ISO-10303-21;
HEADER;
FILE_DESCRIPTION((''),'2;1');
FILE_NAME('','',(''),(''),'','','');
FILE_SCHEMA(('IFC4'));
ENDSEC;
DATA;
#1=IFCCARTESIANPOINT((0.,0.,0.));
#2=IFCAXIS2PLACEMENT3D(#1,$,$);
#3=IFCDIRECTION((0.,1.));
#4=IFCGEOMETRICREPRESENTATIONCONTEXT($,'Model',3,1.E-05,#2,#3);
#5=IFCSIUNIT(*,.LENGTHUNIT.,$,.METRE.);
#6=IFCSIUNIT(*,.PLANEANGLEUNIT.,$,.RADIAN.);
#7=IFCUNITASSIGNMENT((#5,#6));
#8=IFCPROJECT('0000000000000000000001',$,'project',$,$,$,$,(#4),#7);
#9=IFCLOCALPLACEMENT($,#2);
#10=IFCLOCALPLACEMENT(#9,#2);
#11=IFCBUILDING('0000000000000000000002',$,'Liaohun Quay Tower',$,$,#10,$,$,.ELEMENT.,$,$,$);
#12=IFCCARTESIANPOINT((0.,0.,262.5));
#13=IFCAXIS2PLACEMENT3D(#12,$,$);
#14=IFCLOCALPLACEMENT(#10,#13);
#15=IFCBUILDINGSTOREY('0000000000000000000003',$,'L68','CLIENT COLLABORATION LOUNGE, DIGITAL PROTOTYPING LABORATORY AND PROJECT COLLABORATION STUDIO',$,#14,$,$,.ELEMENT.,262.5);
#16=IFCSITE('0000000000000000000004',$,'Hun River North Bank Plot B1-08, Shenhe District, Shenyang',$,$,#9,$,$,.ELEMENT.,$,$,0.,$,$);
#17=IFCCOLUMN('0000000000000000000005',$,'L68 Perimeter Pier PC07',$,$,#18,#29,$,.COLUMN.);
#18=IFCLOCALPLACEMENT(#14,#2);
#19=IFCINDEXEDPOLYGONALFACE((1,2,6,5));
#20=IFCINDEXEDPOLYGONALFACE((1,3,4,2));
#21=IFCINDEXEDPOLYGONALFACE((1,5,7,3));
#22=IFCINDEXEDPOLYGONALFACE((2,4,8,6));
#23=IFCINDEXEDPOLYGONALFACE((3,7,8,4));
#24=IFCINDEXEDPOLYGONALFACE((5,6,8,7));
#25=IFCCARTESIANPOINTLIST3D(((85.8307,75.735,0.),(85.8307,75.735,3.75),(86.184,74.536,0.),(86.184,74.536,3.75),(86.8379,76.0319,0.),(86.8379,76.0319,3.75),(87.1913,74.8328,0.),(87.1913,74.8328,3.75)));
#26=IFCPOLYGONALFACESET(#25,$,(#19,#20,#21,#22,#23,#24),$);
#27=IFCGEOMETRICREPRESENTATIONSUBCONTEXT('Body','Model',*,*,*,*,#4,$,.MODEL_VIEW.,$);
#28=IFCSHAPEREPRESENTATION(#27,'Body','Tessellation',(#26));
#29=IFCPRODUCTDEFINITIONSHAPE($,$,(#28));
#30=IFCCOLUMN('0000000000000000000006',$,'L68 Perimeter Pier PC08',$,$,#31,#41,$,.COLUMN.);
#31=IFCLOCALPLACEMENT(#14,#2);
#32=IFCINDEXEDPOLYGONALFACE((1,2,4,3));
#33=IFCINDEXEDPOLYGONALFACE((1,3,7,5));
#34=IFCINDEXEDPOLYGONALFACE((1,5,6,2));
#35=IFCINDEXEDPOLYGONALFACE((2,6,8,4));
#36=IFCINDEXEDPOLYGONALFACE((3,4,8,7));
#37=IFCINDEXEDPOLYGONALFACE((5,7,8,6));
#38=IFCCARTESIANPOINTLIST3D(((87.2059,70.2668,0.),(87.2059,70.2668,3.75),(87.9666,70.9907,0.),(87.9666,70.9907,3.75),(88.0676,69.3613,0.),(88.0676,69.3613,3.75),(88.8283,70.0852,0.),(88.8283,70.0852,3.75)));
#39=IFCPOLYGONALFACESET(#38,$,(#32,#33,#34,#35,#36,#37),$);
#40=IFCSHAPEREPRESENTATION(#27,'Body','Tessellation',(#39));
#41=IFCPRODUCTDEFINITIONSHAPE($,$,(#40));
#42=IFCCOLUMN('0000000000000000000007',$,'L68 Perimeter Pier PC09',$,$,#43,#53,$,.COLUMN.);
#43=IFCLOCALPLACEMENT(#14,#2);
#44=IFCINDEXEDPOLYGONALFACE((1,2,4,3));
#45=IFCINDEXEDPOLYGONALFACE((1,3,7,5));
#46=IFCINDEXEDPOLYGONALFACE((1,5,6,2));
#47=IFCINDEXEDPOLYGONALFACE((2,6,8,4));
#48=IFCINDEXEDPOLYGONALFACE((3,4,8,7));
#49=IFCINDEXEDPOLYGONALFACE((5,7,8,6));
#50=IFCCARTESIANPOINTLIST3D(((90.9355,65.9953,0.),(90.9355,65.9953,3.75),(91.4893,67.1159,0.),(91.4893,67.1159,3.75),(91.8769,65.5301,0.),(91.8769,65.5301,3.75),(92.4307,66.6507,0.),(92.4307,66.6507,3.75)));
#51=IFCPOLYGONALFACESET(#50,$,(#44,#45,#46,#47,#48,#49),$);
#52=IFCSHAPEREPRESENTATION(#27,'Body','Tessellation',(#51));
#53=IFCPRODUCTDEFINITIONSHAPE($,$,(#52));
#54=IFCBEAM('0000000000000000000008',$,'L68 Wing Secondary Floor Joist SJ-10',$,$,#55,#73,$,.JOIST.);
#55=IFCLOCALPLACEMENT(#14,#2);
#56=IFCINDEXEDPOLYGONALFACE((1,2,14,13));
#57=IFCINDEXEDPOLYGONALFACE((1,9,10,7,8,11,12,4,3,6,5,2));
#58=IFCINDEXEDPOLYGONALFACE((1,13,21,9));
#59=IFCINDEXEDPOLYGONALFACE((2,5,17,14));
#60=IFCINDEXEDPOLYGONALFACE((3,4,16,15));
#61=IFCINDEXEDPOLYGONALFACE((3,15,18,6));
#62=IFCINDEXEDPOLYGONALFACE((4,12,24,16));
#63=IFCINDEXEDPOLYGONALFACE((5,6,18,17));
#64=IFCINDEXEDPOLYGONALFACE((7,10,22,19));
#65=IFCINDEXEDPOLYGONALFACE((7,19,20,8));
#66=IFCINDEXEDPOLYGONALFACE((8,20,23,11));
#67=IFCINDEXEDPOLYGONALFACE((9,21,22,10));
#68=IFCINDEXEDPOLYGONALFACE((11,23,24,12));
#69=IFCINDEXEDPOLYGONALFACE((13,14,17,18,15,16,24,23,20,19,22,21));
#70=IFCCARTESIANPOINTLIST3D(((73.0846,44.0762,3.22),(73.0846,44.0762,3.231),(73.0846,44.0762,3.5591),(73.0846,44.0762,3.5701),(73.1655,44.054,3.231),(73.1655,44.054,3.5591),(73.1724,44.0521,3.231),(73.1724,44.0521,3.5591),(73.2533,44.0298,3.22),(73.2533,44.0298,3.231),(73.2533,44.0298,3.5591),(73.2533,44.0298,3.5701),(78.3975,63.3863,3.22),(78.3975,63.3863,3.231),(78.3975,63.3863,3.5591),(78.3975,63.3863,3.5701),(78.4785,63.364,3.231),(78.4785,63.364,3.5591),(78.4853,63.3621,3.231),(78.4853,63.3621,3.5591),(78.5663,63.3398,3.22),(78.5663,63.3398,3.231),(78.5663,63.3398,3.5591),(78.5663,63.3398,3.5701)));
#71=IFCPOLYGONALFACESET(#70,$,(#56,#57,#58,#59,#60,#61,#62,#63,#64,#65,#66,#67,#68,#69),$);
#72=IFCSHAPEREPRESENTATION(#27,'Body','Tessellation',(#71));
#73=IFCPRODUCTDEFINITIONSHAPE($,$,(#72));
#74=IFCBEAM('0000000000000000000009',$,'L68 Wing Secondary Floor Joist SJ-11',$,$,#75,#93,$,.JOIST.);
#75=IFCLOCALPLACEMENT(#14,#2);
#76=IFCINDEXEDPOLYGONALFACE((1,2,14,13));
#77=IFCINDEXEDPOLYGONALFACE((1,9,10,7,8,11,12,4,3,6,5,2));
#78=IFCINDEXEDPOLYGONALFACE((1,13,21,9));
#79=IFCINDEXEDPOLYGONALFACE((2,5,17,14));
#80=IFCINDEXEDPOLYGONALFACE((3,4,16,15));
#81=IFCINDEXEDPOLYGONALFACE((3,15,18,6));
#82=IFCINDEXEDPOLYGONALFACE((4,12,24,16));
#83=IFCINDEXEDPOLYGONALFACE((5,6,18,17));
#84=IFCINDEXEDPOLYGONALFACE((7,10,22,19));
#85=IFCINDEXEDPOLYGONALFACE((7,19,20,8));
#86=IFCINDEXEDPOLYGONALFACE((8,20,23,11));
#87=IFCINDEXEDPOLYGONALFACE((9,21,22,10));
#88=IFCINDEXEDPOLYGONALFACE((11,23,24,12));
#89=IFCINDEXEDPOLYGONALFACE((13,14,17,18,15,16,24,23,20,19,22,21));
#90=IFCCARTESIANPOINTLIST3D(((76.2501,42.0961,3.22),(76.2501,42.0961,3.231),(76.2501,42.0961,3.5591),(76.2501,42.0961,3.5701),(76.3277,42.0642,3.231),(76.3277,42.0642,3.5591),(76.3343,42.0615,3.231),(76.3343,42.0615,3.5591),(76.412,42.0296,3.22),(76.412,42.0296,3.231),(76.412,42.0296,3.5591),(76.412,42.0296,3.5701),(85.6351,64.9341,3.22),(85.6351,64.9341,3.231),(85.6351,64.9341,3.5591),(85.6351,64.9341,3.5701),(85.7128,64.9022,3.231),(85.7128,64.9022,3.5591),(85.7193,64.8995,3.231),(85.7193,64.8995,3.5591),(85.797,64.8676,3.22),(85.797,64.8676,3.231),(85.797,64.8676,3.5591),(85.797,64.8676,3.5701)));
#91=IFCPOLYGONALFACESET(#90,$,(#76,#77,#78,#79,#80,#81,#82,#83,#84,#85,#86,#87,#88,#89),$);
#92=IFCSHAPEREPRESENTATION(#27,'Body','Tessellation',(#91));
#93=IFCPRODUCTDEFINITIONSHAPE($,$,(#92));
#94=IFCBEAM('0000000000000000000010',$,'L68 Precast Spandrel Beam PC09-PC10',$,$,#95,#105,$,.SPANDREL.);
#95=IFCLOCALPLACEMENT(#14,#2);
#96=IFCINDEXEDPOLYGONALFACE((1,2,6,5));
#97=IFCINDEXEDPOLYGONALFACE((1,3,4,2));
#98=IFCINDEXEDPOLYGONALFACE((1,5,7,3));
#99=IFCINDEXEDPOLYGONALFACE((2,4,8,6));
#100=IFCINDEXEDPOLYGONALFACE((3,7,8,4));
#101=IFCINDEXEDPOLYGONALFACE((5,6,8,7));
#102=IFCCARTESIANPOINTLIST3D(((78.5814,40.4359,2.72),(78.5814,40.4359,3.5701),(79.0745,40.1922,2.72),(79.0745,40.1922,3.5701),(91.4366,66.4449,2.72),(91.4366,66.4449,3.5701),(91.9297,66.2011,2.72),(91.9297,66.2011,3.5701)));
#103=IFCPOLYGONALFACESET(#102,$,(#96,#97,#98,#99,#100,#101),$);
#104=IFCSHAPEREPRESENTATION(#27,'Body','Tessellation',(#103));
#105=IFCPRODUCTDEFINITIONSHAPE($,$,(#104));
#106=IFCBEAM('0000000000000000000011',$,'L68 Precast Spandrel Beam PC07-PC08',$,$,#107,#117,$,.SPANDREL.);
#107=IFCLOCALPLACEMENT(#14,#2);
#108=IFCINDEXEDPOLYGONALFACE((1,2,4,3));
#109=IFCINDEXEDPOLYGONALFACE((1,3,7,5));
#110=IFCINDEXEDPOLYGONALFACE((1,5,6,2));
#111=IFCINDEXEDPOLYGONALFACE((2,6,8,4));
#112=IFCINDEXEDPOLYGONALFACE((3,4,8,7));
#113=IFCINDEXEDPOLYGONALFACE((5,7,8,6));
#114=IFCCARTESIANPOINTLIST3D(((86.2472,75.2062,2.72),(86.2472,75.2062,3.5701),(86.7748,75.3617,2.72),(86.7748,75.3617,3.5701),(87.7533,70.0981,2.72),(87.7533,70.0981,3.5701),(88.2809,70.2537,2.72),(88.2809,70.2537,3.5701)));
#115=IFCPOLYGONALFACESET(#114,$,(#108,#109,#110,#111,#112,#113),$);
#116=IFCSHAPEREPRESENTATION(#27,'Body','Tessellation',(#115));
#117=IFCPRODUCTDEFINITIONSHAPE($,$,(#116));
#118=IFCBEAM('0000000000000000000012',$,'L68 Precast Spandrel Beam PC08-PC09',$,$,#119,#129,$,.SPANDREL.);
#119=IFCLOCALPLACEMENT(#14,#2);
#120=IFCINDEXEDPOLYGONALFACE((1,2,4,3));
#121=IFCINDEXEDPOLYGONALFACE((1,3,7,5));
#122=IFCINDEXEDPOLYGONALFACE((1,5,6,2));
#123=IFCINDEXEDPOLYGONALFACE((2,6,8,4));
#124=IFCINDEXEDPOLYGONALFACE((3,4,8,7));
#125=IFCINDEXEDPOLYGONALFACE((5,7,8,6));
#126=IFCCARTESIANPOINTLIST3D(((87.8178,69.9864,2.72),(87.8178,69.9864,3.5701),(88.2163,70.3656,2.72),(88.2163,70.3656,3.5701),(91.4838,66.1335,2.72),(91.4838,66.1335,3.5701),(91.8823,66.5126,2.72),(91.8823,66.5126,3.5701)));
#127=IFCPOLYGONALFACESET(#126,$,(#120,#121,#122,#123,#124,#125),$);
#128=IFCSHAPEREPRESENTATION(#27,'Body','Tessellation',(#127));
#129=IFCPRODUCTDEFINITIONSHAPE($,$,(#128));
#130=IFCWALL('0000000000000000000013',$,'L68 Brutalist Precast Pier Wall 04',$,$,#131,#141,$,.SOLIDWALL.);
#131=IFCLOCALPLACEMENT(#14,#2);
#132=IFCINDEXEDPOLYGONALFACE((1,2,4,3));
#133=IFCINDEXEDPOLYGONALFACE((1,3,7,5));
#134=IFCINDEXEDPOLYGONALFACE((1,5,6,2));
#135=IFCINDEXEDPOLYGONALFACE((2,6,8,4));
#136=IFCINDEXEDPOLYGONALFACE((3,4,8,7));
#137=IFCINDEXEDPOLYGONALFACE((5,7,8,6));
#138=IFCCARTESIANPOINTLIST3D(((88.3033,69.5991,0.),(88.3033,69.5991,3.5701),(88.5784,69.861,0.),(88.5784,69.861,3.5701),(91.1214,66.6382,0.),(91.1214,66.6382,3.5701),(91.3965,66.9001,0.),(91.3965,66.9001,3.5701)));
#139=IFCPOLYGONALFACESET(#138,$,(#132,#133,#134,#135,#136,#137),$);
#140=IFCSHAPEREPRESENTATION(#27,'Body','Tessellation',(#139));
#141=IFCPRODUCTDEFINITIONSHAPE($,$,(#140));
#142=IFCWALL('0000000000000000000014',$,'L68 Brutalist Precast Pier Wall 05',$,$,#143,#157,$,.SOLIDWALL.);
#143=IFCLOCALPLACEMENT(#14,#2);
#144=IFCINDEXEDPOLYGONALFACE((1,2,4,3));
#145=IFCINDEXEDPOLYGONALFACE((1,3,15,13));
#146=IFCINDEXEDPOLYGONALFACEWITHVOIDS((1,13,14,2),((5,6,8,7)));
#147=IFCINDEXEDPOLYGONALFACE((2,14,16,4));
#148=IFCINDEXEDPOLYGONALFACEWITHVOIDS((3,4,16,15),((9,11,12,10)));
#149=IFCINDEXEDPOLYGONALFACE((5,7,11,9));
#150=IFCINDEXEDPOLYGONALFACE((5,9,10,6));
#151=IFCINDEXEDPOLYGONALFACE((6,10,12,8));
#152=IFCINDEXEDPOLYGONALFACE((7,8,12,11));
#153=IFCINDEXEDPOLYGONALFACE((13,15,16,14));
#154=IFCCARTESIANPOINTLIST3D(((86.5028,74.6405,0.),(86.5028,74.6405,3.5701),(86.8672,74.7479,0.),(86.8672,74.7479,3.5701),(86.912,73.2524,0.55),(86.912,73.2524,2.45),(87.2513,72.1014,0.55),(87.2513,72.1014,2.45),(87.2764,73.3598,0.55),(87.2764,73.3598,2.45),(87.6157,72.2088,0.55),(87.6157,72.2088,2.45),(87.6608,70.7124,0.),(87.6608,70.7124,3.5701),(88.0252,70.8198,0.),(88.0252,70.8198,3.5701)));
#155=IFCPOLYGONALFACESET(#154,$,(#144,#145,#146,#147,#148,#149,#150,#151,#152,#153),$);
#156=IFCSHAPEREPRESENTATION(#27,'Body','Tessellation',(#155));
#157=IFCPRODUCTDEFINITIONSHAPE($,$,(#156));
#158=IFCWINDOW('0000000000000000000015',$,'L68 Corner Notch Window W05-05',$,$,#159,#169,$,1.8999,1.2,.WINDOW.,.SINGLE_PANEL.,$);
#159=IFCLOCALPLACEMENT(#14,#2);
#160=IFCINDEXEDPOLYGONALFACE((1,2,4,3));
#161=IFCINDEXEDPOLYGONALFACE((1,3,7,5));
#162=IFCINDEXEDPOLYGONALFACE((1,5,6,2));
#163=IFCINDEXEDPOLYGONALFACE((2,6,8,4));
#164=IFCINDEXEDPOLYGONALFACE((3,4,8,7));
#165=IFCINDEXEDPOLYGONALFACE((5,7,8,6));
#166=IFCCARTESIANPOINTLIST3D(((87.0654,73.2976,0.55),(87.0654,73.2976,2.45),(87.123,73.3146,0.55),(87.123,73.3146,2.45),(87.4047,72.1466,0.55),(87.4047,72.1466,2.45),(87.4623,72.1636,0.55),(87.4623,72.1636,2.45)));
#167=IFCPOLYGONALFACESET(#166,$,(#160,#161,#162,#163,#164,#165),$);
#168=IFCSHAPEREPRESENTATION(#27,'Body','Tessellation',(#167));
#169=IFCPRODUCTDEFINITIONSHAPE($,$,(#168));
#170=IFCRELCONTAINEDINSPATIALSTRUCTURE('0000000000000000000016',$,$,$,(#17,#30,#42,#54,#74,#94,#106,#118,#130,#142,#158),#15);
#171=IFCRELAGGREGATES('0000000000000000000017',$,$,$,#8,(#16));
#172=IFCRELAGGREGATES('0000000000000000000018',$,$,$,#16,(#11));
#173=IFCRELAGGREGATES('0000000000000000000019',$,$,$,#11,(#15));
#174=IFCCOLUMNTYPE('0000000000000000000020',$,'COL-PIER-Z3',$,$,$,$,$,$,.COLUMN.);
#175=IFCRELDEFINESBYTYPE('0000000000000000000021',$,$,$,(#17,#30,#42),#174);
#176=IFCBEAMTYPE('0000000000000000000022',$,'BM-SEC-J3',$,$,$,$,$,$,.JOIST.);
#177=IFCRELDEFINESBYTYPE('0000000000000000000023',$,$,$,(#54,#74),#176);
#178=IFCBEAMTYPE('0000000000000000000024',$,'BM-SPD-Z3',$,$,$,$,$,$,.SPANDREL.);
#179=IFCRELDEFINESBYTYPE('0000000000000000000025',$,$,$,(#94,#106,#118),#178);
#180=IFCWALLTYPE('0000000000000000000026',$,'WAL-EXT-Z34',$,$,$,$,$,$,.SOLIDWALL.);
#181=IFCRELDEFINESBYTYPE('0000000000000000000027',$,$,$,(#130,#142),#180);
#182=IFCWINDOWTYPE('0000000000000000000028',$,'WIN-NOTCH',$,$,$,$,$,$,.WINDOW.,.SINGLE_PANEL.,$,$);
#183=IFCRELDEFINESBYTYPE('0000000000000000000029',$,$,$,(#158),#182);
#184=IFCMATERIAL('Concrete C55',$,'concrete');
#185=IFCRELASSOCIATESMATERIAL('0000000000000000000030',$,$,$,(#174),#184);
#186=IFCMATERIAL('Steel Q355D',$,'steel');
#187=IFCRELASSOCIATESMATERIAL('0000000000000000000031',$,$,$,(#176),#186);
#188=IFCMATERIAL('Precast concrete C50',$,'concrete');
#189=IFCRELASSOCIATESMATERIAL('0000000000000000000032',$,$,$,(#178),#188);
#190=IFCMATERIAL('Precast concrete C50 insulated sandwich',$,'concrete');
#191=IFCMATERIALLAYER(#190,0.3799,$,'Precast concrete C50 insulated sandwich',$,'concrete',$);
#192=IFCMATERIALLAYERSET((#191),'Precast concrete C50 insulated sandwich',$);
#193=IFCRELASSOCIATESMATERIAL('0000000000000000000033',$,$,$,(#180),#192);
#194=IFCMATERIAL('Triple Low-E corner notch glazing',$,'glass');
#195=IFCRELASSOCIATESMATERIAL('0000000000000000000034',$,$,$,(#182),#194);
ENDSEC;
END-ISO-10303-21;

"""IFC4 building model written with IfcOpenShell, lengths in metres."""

from ifc_helpers import new_model, si_unit, direction, frame, frame_2d, origin, origin_2d, place, context, subcontext, project, spatial, rectangle, i_section, extrude, source, transform, mapped, material, layer, layer_set, material_profile, profile_set, type_object, element, fill, save


model = new_model("IFC4")

# Units and contexts
model_context = context("Model", 3, precision=1e-05, world=origin(), true_north=direction((0.0, 1.0)))
body_context = subcontext(model_context, "Body", "Model", "MODEL_VIEW")
ifc_project = project(units=[si_unit("LENGTHUNIT", "METRE"), si_unit("PLANEANGLEUNIT", "RADIAN")], contexts=[model_context])

# Site, building, storey
site_placement = place(None, origin())
site = spatial("IfcSite", under=ifc_project, at=site_placement, Name="Hun River North Bank Plot B1-08, Shenhe District, Shenyang", CompositionType="ELEMENT", RefElevation=0.0)
building_placement = place(site_placement, origin())
building = spatial("IfcBuilding", under=site, at=building_placement, Name="Liaohun Quay Tower", CompositionType="ELEMENT")
storey_placement = place(building_placement, frame((0.0, 0.0, 262.5)))
storey = spatial("IfcBuildingStorey", under=building, at=storey_placement, Name="L68", Description="CLIENT COLLABORATION LOUNGE, DIGITAL PROTOTYPING LABORATORY AND PROJECT COLLABORATION STUDIO", CompositionType="ELEMENT", Elevation=262.5)

# Columns
ifc_material_1 = material(Name="Concrete C55", Category="concrete")
ifc_material_profile_1 = material_profile(ifc_material_1, rectangle(XDim=1.25, YDim=1.05, at=origin_2d()), Name="RC1250x1050")
ifc_profile_set_1 = profile_set([ifc_material_profile_1], Name="Concrete C55")
column_type = type_object("IfcColumnType", Name="COL-PIER-Z3", PredefinedType="COLUMN", material=ifc_profile_set_1)
shared_shape_1 = source(origin(), body_context, "Body", "SweptSolid", [
    extrude(rectangle(XDim=1.25, YDim=1.05, at=origin_2d()), origin(), (0.0, 0.0, 1.0), 3.75),
])
for number, where, z_axis, x_axis, name in (
    (1, (86.511, 75.2839, 0.0), (0.0, 0.0, 1.0), (-0.282676, 0.959215, 0.0), "L68 Perimeter Pier PC07"),
    (2, (88.0171, 70.176, 0.0), (0.0, 0.0, 1.0), (-0.689367, 0.724413, 0.0), "L68 Perimeter Pier PC08"),
    (3, (91.6831, 66.323, 0.0), (0.0, 0.0, 1.0), (0.443071, 0.896486, 0.0), "L68 Perimeter Pier PC09"),
):
    element("IfcColumn", number, at=place(storey_placement, frame(where, z_axis=z_axis, x_axis=x_axis)), inside=storey, type_object=column_type, Name=name, PredefinedType="COLUMN", context=body_context, shape_type="MappedRepresentation", body=[
        mapped(shared_shape_1, transform((0.0, 0.0, 0.0), x_axis=(1.0, 0.0, 0.0), y_axis=(0.0, 1.0, 0.0), z_axis=(0.0, 0.0, 1.0), scale=1.0)),
    ])

# Beams
ifc_material_2 = material(Name="Steel Q355D", Category="steel")
ifc_material_profile_2 = material_profile(ifc_material_2, i_section(OverallWidth=0.175, OverallDepth=0.3501, WebThickness=0.0071, FlangeThickness=0.011, at=origin_2d()), Name="HN350x175x7x11")
ifc_profile_set_2 = profile_set([ifc_material_profile_2], Name="Steel Q355D")
beam_type_1 = type_object("IfcBeamType", Name="BM-SEC-J3", PredefinedType="JOIST", material=ifc_profile_set_2)
shared_shape_2 = source(origin(), body_context, "Body", "SweptSolid", [
    extrude(i_section(OverallWidth=0.175, OverallDepth=0.3501, WebThickness=0.0071, FlangeThickness=0.011, at=origin_2d()), origin(), (0.0, 0.0, 1.0), 20.0276),
])
beam_1_placement = place(storey_placement, frame((78.4819, 63.363, 3.395), z_axis=(-0.265283, -0.964171, 0.0), x_axis=(0.964171, -0.265283, 0.0)))
element("IfcBeam", 4, at=beam_1_placement, inside=storey, type_object=beam_type_1, Name="L68 Wing Secondary Floor Joist SJ-10", PredefinedType="JOIST", context=body_context, shape_type="MappedRepresentation", body=[
    mapped(shared_shape_2, transform((0.0, 0.0, 0.0), x_axis=(1.0, 0.0, 0.0), y_axis=(0.0, 1.0, 0.0), z_axis=(0.0, 0.0, 1.0), scale=1.0)),
])
shared_shape_3 = source(origin(), body_context, "Body", "SweptSolid", [
    extrude(i_section(OverallWidth=0.175, OverallDepth=0.3501, WebThickness=0.0071, FlangeThickness=0.011, at=origin_2d()), origin(), (0.0, 0.0, 1.0), 24.6912),
])
beam_2_placement = place(storey_placement, frame((85.7161, 64.9009, 3.395), z_axis=(-0.380098, -0.924946, 0.0), x_axis=(0.924946, -0.380098, 0.0)))
element("IfcBeam", 5, at=beam_2_placement, inside=storey, type_object=beam_type_1, Name="L68 Wing Secondary Floor Joist SJ-11", PredefinedType="JOIST", context=body_context, shape_type="MappedRepresentation", body=[
    mapped(shared_shape_3, transform((0.0, 0.0, 0.0), x_axis=(1.0, 0.0, 0.0), y_axis=(0.0, 1.0, 0.0), z_axis=(0.0, 0.0, 1.0), scale=1.0)),
])
ifc_material_3 = material(Name="Precast concrete C50", Category="concrete")
ifc_material_profile_3 = material_profile(ifc_material_3, rectangle(XDim=0.55, YDim=0.8501, at=origin_2d()), Name="RC550x850")
ifc_profile_set_3 = profile_set([ifc_material_profile_3], Name="Precast concrete C50")
beam_type_2 = type_object("IfcBeamType", Name="BM-SPD-Z3", PredefinedType="SPANDREL", material=ifc_profile_set_3)
shared_shape_4 = source(origin(), body_context, "Body", "SweptSolid", [
    extrude(rectangle(XDim=0.55, YDim=0.8501, at=origin_2d()), origin(), (0.0, 0.0, 1.0), 29.0125),
])
beam_3_placement = place(storey_placement, frame((91.6831, 66.323, 3.145), z_axis=(-0.443092, -0.896476, 0.0), x_axis=(0.896476, -0.443092, 0.0)))
element("IfcBeam", 6, at=beam_3_placement, inside=storey, type_object=beam_type_2, Name="L68 Precast Spandrel Beam PC09-PC10", PredefinedType="SPANDREL", context=body_context, shape_type="MappedRepresentation", body=[
    mapped(shared_shape_4, transform((0.0, 0.0, 0.0), x_axis=(1.0, 0.0, 0.0), y_axis=(0.0, 1.0, 0.0), z_axis=(0.0, 0.0, 1.0), scale=1.0)),
])
shared_shape_5 = source(origin(), body_context, "Body", "SweptSolid", [
    extrude(rectangle(XDim=0.55, YDim=0.8501, at=origin_2d()), origin(), (0.0, 0.0, 1.0), 5.3254),
])
beam_4_placement = place(storey_placement, frame((86.511, 75.2839, 3.145), z_axis=(0.282819, -0.959173, 0.0), x_axis=(0.959173, 0.282819, 0.0)))
element("IfcBeam", 7, at=beam_4_placement, inside=storey, type_object=beam_type_2, Name="L68 Precast Spandrel Beam PC07-PC08", PredefinedType="SPANDREL", context=body_context, shape_type="MappedRepresentation", body=[
    mapped(shared_shape_5, transform((0.0, 0.0, 0.0), x_axis=(1.0, 0.0, 0.0), y_axis=(0.0, 1.0, 0.0), z_axis=(0.0, 0.0, 1.0), scale=1.0)),
])
shared_shape_6 = source(origin(), body_context, "Body", "SweptSolid", [
    extrude(rectangle(XDim=0.55, YDim=0.8501, at=origin_2d()), origin(), (0.0, 0.0, 1.0), 5.3184),
])
beam_5_placement = place(storey_placement, frame((88.0171, 70.176, 3.145), z_axis=(0.689307, -0.72447, 0.0), x_axis=(0.72447, 0.689307, 0.0)))
element("IfcBeam", 8, at=beam_5_placement, inside=storey, type_object=beam_type_2, Name="L68 Precast Spandrel Beam PC08-PC09", PredefinedType="SPANDREL", context=body_context, shape_type="MappedRepresentation", body=[
    mapped(shared_shape_6, transform((0.0, 0.0, 0.0), x_axis=(1.0, 0.0, 0.0), y_axis=(0.0, 1.0, 0.0), z_axis=(0.0, 0.0, 1.0), scale=1.0)),
])

# Wall
ifc_material_4 = material(Name="Precast concrete C50 insulated sandwich", Category="concrete")
ifc_layer_1 = layer(ifc_material_4, 0.3799, Name="Precast concrete C50 insulated sandwich", Category="concrete")
ifc_layer_set_1 = layer_set([ifc_layer_1], Name="Precast concrete C50 insulated sandwich")
wall_type_1 = type_object("IfcWallType", Name="WAL-EXT-Z34", PredefinedType="SOLIDWALL", material=ifc_layer_set_1)
wall_1_placement = place(storey_placement, frame((91.259, 66.769, 0.0), z_axis=(0.0, 0.0, 1.0), x_axis=(-0.689421, 0.724361, 0.0)))
element("IfcWall", 9, at=wall_1_placement, inside=storey, type_object=wall_type_1, Name="L68 Brutalist Precast Pier Wall 04", PredefinedType="SOLIDWALL", context=body_context, shape_type="SweptSolid", body=[
    extrude(rectangle(XDim=4.0876, YDim=0.3799, at=frame_2d((2.0439, 0.0))), origin(), (0.0, 0.0, 1.0), 3.5701),
])

# Wall, opening, window
wall_2_placement = place(storey_placement, frame((87.843, 70.7661, 0.0), z_axis=(0.0, 0.0, 1.0), x_axis=(-0.282767, 0.959189, 0.0)))
wall_2 = element("IfcWall", 10, at=wall_2_placement, inside=storey, type_object=wall_type_1, Name="L68 Brutalist Precast Pier Wall 05", PredefinedType="SOLIDWALL", context=body_context, shape_type="SweptSolid", body=[
    extrude(rectangle(XDim=4.0952, YDim=0.3799, at=frame_2d((2.0476, 0.0))), origin(), (0.0, 0.0, 1.0), 3.5701),
])
shared_shape_7 = source(origin(), body_context, "Body", "SweptSolid", [
    extrude(rectangle(XDim=1.2, YDim=1.8999, at=frame_2d((0.6001, 0.95))), frame((0.0, 0.2, 0.0), z_axis=(0.0, -1.0, 0.0), x_axis=(1.0, 0.0, 0.0)), (0.0, 0.0, 1.0), 0.3999),
])
opening_1_placement = place(wall_2_placement, frame((1.448, 0.0, 0.55)))
opening_1 = element("IfcOpeningElement", 11, at=opening_1_placement, cuts=wall_2, PredefinedType="OPENING", context=body_context, shape_type="MappedRepresentation", body=[
    mapped(shared_shape_7, transform((0.0, 0.0, 0.0), x_axis=(1.0, 0.0, 0.0), y_axis=(0.0, 1.0, 0.0), z_axis=(0.0, 0.0, 1.0), scale=1.0)),
])
ifc_material_5 = material(Name="Triple Low-E corner notch glazing", Category="glass")
window_type_1 = type_object("IfcWindowType", Name="WIN-NOTCH", PartitioningType="SINGLE_PANEL", PredefinedType="WINDOW", material=ifc_material_5)
shared_shape_8 = source(origin(), body_context, "Body", "SweptSolid", [
    extrude(rectangle(XDim=1.2, YDim=1.8999, at=frame_2d((0.6001, 0.95))), frame((0.0, 0.03, 0.0), z_axis=(0.0, -1.0, 0.0), x_axis=(1.0, 0.0, 0.0)), (0.0, 0.0, 1.0), 0.0601),
])
window_1_placement = place(opening_1_placement, origin())
window_1 = element("IfcWindow", 12, at=window_1_placement, inside=storey, type_object=window_type_1, Name="L68 Corner Notch Window W05-05", OverallHeight=1.8999, OverallWidth=1.2, PartitioningType="SINGLE_PANEL", PredefinedType="WINDOW", context=body_context, shape_type="MappedRepresentation", body=[
    mapped(shared_shape_8, transform((0.0, 0.0, 0.0), x_axis=(1.0, 0.0, 0.0), y_axis=(0.0, 1.0, 0.0), z_axis=(0.0, 0.0, 1.0), scale=1.0)),
])
fill(opening_1, window_1)

save(model, "model.ifc")
